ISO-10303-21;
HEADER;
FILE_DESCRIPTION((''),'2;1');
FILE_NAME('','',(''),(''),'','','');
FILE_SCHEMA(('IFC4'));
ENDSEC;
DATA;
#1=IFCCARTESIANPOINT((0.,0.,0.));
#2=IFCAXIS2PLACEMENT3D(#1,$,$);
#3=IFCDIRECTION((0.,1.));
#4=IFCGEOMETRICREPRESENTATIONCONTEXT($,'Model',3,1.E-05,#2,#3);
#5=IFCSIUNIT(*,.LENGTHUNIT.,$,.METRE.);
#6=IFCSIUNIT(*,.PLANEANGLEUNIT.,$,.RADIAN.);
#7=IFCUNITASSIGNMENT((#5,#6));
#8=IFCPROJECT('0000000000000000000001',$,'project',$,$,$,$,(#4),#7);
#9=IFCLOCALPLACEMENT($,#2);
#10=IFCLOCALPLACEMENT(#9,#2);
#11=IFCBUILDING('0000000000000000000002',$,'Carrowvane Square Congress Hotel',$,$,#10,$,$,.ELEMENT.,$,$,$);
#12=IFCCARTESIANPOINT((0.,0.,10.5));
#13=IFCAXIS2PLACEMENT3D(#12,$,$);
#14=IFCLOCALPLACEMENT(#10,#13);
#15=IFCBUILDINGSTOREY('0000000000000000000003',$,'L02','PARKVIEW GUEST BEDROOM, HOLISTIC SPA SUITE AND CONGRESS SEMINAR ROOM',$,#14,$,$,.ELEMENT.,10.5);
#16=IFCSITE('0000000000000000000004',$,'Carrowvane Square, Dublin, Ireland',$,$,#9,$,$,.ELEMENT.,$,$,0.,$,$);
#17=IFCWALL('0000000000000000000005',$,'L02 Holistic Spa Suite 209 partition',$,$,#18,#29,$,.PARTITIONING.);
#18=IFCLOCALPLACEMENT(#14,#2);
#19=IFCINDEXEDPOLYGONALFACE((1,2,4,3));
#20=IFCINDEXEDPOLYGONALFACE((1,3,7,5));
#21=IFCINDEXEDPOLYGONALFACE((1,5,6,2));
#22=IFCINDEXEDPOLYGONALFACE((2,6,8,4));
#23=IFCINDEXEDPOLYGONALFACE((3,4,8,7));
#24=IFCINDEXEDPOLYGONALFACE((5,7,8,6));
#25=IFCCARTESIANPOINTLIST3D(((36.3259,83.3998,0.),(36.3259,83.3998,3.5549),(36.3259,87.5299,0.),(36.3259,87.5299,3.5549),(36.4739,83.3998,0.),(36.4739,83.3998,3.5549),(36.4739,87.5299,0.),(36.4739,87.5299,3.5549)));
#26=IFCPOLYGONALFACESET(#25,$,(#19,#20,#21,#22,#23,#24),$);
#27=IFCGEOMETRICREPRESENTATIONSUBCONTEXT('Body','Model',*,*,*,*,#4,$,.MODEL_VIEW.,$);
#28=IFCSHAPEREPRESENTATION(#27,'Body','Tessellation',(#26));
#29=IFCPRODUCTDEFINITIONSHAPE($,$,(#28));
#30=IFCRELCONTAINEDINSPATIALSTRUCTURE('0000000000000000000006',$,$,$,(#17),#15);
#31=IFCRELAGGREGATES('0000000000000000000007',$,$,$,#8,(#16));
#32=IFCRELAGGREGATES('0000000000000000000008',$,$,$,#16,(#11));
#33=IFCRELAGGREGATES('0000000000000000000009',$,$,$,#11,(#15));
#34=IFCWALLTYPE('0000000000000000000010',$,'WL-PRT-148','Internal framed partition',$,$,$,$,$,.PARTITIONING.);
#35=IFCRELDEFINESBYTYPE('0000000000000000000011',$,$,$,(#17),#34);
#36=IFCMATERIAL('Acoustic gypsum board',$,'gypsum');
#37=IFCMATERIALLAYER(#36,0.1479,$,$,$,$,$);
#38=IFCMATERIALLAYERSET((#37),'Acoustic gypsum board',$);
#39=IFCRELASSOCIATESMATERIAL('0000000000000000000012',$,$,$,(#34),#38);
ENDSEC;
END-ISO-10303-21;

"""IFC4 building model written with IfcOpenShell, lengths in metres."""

from ifc_helpers import new_model, si_unit, direction, frame, frame_2d, origin, place, context, subcontext, project, spatial, rectangle, extrude, material, layer, layer_set, type_object, element, save


model = new_model("IFC4")

# Units and contexts
model_context = context("Model", 3, precision=1e-05, world=origin(), true_north=direction((0.0, 1.0)))
body_context = subcontext(model_context, "Body", "Model", "MODEL_VIEW")
ifc_project = project(units=[si_unit("LENGTHUNIT", "METRE"), si_unit("PLANEANGLEUNIT", "RADIAN")], contexts=[model_context])

# Site, building, storey
site_placement = place(None, origin())
site = spatial("IfcSite", under=ifc_project, at=site_placement, Name="Carrowvane Square, Dublin, Ireland", CompositionType="ELEMENT", RefElevation=0.0)
building_placement = place(site_placement, origin())
building = spatial("IfcBuilding", under=site, at=building_placement, Name="Carrowvane Square Congress Hotel", CompositionType="ELEMENT")
storey_placement = place(building_placement, frame((0.0, 0.0, 10.5)))
storey = spatial("IfcBuildingStorey", under=building, at=storey_placement, Name="L02", Description="PARKVIEW GUEST BEDROOM, HOLISTIC SPA SUITE AND CONGRESS SEMINAR ROOM", CompositionType="ELEMENT", Elevation=10.5)

# Wall
ifc_material_1 = material(Name="Acoustic gypsum board", Category="gypsum")
ifc_layer_1 = layer(ifc_material_1, 0.1479)
ifc_layer_set_1 = layer_set([ifc_layer_1], Name="Acoustic gypsum board")
wall_type_1 = type_object("IfcWallType", Name="WL-PRT-148", Description="Internal framed partition", PredefinedType="PARTITIONING", material=ifc_layer_set_1)
wall_1_placement = place(storey_placement, frame((36.3999, 83.3999, 0.0), z_axis=(0.0, 0.0, 1.0), x_axis=(0.0, 1.0, 0.0)))
element("IfcWall", 1, at=wall_1_placement, inside=storey, type_object=wall_type_1, Name="L02 Holistic Spa Suite 209 partition", PredefinedType="PARTITIONING", context=body_context, shape_type="SweptSolid", body=[
    extrude(rectangle(XDim=4.1301, YDim=0.1479, at=frame_2d((2.0649, 0.0))), origin(), (0.0, 0.0, 1.0), 3.5549),
])

save(model, "model.ifc")
